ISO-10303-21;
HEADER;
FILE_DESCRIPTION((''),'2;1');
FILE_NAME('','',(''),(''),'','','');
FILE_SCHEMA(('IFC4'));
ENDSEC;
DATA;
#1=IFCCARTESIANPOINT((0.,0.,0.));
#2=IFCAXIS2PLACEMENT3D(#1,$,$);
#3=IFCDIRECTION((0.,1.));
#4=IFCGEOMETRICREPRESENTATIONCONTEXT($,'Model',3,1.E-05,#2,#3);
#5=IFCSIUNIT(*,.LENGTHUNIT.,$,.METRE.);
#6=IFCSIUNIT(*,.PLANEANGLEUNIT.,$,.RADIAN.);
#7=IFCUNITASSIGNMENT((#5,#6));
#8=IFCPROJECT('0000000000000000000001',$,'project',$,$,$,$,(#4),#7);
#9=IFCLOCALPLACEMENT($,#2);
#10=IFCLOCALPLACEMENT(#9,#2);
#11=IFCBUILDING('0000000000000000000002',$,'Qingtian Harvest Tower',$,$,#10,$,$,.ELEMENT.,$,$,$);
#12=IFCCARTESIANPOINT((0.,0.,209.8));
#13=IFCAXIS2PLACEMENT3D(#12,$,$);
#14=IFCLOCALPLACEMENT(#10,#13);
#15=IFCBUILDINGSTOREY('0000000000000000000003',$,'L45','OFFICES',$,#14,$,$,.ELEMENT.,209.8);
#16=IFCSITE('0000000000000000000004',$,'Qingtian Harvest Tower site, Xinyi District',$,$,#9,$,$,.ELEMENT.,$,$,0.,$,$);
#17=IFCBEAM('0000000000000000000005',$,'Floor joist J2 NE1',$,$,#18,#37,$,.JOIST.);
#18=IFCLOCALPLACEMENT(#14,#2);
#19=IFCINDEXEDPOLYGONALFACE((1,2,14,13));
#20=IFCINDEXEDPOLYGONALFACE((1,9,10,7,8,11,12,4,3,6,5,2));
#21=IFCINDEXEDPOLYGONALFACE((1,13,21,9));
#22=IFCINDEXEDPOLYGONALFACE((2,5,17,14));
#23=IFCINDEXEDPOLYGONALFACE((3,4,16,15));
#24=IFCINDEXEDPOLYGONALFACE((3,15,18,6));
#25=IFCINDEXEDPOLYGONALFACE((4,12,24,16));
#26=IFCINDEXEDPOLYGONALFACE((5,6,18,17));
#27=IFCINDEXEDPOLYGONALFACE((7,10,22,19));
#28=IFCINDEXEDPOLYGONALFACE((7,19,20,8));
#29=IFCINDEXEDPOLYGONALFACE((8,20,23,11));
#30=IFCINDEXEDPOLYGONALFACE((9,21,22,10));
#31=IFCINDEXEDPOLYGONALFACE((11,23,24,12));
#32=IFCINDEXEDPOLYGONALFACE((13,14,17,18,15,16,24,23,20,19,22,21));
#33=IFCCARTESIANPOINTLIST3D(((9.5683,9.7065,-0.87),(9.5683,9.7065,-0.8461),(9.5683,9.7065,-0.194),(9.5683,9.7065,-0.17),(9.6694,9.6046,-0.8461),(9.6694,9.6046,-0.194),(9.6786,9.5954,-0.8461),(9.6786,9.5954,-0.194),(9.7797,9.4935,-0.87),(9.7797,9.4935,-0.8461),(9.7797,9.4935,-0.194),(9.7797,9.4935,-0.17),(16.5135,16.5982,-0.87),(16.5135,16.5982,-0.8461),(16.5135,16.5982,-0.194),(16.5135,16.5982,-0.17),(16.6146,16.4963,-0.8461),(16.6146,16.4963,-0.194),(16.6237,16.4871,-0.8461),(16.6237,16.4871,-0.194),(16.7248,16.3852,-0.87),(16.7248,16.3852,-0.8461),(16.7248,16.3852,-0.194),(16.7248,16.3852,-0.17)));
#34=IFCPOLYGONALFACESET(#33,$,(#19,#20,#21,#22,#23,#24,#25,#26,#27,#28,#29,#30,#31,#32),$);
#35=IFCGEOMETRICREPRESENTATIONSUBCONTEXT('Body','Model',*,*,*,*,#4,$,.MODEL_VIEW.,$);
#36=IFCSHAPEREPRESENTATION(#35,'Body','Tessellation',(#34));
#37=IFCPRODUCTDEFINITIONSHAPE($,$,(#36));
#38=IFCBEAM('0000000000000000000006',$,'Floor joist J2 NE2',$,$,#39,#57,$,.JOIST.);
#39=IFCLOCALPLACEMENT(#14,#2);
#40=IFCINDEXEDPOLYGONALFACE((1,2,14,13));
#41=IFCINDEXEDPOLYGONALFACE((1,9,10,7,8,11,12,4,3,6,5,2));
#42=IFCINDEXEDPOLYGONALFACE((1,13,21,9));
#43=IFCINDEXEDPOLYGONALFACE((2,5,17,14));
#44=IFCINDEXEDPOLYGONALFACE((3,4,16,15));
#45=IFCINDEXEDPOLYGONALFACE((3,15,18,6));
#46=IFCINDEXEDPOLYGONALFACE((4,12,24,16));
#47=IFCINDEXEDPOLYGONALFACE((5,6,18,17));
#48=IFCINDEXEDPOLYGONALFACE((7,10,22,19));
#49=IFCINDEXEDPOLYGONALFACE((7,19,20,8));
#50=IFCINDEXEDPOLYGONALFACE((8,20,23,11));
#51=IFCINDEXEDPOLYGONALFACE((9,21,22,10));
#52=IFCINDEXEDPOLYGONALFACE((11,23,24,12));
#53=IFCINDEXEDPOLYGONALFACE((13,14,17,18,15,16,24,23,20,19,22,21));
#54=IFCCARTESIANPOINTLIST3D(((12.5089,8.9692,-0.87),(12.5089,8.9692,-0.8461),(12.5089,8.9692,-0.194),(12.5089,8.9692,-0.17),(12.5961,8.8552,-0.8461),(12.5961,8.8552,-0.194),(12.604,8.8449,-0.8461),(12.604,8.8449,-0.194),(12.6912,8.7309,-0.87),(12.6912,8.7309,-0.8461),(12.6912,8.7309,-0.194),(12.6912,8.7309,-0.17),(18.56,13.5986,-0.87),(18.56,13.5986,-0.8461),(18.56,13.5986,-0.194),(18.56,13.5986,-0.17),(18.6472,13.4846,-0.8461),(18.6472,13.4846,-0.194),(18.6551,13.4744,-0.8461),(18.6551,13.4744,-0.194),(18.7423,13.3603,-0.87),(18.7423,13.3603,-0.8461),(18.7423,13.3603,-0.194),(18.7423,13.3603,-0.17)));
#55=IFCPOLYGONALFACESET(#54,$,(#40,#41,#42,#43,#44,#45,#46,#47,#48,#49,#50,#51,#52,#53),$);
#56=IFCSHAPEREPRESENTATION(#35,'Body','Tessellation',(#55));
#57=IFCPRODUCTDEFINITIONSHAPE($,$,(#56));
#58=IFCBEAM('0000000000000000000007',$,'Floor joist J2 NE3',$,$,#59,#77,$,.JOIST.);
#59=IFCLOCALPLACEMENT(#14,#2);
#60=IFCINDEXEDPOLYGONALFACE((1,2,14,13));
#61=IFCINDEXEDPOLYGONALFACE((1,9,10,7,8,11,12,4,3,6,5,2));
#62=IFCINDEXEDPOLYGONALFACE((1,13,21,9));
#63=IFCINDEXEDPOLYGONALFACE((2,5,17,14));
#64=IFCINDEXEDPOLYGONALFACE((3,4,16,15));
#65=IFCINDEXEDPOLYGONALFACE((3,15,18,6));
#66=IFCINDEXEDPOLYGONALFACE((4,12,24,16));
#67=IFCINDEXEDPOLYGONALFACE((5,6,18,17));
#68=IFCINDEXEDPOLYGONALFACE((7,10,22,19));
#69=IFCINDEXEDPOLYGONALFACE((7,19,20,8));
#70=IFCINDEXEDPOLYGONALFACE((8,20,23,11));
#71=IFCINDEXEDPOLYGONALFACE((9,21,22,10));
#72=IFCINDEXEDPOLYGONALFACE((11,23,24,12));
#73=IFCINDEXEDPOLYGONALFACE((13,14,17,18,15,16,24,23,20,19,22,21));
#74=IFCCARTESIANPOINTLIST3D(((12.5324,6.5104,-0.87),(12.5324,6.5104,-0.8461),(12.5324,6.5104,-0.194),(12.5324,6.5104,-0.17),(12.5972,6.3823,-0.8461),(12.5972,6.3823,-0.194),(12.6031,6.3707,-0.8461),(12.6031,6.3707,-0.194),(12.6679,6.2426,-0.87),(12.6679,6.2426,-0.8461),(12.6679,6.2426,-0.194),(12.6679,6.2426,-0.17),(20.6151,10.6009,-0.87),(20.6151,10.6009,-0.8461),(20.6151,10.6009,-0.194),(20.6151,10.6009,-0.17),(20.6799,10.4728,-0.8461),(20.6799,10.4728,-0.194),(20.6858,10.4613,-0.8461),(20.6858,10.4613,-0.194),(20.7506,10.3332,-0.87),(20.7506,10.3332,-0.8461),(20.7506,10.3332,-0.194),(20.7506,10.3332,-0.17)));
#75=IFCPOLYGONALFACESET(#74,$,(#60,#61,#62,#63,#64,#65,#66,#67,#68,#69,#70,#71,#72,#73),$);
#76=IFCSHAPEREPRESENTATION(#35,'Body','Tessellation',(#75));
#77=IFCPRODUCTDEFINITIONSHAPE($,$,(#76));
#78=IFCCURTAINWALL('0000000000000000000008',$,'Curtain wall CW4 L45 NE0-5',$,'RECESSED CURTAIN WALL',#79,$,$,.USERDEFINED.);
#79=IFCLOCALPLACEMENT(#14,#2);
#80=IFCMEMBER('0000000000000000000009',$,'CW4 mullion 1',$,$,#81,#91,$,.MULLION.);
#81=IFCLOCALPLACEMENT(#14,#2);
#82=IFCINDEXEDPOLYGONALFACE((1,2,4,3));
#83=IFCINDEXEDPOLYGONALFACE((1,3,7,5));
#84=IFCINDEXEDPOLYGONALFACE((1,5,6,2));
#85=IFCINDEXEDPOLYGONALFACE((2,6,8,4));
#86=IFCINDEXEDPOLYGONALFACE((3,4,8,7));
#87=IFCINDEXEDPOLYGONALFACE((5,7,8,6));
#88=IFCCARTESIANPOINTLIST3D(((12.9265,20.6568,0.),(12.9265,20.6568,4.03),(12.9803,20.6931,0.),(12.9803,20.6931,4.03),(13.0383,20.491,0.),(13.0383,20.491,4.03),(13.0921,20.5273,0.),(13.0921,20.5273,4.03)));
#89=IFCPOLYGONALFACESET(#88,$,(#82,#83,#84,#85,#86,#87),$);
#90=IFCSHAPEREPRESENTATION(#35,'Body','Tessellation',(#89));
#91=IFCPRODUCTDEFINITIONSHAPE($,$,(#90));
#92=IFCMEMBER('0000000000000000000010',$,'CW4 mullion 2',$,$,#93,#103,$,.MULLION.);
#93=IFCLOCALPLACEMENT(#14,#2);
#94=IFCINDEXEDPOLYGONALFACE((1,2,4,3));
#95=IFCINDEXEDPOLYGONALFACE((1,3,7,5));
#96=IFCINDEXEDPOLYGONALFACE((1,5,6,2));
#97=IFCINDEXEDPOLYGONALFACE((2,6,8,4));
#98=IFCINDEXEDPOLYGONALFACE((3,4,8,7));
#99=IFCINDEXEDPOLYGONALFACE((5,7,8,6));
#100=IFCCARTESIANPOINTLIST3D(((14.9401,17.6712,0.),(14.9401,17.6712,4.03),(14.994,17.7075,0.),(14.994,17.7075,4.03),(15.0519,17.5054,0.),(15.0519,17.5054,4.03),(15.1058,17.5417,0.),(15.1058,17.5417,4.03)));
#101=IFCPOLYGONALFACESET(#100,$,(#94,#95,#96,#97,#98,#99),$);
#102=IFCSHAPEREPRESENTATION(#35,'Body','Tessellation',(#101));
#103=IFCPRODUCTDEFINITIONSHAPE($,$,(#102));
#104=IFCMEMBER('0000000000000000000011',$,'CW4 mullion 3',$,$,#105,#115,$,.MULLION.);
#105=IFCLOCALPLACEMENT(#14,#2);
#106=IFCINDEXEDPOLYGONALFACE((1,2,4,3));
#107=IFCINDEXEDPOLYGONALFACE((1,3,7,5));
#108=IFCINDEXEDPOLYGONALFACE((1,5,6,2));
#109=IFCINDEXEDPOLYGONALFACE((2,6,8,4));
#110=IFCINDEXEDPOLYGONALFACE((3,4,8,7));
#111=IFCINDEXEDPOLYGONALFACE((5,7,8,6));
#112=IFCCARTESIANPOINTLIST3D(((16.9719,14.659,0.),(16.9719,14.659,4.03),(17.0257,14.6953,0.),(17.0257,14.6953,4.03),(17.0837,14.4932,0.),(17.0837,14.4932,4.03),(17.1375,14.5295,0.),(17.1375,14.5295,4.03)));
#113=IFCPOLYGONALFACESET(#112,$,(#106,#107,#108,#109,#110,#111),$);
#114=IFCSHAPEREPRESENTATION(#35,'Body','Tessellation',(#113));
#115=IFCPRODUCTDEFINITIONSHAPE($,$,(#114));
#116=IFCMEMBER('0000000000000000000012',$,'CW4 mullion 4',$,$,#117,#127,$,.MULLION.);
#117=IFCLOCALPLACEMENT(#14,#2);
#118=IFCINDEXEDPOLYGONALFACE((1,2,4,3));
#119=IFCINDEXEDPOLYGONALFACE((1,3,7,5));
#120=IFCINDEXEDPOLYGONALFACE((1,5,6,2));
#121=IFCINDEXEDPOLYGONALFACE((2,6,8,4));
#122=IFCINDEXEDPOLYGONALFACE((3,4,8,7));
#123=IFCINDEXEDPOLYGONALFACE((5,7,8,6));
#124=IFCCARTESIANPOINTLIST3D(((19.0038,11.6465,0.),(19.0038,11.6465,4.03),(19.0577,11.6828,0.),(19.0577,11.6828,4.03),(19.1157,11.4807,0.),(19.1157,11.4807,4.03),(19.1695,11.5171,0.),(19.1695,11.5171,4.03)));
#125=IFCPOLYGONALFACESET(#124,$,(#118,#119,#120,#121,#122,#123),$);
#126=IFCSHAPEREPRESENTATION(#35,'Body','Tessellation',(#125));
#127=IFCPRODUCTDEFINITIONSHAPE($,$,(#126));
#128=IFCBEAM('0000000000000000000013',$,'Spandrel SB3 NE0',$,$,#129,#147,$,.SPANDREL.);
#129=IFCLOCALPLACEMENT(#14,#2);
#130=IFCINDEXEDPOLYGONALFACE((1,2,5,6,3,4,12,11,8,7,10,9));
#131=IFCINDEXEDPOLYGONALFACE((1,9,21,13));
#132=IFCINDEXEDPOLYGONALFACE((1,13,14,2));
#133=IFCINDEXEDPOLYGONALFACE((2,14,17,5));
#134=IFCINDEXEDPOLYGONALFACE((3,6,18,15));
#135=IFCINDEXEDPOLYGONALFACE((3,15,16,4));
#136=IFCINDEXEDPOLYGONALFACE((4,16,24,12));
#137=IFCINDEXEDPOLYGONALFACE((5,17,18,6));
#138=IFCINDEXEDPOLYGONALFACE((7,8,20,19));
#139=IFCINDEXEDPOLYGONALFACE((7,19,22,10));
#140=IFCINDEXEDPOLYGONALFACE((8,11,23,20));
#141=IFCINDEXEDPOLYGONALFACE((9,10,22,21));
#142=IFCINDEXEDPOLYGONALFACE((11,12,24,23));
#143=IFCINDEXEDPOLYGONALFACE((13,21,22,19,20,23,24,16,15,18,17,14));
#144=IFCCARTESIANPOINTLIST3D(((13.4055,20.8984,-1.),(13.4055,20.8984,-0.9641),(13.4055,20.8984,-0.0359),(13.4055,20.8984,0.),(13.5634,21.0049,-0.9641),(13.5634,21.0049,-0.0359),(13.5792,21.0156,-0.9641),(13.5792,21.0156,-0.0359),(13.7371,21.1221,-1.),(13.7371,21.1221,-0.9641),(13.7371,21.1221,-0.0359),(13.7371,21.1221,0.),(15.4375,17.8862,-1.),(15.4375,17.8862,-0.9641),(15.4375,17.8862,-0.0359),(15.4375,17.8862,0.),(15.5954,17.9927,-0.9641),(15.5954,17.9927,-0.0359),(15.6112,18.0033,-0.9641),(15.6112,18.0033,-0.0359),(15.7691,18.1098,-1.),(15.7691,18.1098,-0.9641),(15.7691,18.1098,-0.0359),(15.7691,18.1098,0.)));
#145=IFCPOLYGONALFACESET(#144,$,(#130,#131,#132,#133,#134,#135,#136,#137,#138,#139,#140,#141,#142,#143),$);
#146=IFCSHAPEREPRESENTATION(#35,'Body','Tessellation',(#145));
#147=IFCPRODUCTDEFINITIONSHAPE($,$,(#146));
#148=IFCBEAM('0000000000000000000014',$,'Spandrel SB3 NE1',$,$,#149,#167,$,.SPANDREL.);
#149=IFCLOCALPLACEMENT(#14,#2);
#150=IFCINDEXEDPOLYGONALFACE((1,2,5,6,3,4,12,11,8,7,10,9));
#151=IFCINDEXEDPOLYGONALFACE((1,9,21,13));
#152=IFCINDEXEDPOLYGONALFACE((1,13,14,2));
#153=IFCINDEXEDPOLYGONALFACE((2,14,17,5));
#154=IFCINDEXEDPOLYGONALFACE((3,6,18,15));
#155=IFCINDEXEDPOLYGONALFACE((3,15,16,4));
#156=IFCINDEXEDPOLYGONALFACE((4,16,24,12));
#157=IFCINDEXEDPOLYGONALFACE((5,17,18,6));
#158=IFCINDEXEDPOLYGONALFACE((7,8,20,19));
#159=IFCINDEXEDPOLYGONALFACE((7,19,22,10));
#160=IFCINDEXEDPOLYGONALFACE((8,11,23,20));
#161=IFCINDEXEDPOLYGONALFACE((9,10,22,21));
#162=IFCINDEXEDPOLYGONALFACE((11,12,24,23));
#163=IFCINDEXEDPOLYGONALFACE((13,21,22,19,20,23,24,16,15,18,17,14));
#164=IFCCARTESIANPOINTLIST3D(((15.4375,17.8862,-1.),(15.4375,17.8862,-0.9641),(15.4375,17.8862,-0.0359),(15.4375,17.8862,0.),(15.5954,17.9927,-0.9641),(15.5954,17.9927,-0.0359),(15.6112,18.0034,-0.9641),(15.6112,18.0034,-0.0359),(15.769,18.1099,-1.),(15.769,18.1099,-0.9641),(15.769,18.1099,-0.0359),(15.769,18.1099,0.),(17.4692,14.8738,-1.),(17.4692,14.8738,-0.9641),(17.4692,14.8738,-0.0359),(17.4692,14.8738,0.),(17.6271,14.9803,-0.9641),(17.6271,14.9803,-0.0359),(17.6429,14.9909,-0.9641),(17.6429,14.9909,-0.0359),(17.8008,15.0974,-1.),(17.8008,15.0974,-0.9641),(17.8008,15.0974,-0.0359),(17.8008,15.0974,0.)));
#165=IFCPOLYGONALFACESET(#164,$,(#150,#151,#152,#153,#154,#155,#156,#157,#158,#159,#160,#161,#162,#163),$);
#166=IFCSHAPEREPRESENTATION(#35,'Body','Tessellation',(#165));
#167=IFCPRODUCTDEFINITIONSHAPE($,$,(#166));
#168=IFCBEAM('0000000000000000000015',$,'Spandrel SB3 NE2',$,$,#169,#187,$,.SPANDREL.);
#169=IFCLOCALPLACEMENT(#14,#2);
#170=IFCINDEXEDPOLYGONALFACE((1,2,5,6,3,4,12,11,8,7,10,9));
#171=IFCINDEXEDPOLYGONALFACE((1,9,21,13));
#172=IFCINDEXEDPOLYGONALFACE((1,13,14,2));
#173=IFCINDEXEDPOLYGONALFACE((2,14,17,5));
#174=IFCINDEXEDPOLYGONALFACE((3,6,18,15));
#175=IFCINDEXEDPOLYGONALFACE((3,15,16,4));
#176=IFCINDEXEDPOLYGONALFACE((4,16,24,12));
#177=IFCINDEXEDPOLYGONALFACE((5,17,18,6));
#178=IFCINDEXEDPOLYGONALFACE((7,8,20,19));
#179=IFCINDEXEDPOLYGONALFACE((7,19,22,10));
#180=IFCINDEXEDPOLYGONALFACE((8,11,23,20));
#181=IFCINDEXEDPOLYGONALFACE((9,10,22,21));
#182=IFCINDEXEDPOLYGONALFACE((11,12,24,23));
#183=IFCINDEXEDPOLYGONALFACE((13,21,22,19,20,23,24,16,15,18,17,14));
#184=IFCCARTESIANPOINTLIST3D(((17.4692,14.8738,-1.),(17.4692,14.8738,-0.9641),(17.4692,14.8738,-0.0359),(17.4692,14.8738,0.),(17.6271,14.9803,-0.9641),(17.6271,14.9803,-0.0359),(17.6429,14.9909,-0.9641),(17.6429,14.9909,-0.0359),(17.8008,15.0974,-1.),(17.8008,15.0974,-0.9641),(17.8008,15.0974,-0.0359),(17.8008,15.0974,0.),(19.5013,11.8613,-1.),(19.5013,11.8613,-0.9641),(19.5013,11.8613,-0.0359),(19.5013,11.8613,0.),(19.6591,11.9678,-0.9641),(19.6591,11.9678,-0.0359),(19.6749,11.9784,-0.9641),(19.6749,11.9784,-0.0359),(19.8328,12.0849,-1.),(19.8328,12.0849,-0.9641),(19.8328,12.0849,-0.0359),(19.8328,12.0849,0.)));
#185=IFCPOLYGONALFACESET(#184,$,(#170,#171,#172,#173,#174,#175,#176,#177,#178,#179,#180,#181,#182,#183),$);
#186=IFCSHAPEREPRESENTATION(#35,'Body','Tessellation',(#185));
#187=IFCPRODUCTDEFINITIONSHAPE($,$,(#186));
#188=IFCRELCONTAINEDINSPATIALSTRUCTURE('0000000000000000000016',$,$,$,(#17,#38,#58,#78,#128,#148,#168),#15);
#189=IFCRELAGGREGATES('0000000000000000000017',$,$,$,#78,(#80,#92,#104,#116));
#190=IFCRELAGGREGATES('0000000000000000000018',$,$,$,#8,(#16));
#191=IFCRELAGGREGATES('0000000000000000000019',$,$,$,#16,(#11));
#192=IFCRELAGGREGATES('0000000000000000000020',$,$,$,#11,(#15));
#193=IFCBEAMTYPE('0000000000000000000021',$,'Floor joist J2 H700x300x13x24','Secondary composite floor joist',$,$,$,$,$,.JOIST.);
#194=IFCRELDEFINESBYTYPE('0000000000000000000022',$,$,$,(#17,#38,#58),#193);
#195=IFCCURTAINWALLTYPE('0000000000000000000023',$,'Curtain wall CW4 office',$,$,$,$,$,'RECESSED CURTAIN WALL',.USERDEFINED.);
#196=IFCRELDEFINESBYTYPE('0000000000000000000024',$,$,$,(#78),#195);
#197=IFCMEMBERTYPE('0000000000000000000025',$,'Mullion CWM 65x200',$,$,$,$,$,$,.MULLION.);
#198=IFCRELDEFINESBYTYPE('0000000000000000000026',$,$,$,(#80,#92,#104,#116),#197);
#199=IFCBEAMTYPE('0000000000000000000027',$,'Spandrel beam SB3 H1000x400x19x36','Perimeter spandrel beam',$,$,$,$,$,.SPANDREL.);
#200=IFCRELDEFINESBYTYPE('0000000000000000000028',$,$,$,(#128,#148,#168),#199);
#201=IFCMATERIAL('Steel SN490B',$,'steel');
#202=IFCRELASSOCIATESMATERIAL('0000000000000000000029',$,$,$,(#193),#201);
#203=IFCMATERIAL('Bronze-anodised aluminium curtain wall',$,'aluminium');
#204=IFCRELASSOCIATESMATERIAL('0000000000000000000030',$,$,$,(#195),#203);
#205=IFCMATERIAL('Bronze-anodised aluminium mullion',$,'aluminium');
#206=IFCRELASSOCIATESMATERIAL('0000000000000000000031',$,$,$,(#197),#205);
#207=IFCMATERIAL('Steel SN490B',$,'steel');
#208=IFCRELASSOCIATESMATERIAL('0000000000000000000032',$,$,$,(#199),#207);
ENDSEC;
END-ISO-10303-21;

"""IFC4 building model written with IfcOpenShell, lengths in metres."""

from ifc_helpers import new_model, si_unit, direction, frame, origin, origin_2d, place, context, subcontext, project, spatial, rectangle, i_section, extrude, material, material_profile, profile_set, type_object, element, aggregate, save


model = new_model("IFC4")

# Units and contexts
model_context = context("Model", 3, precision=1e-05, world=origin(), true_north=direction((0.0, 1.0)))
body_context = subcontext(model_context, "Body", "Model", "MODEL_VIEW")
ifc_project = project(units=[si_unit("LENGTHUNIT", "METRE"), si_unit("PLANEANGLEUNIT", "RADIAN")], contexts=[model_context])

# Site, building, storey
site_placement = place(None, origin())
site = spatial("IfcSite", under=ifc_project, at=site_placement, Name="Qingtian Harvest Tower site, Xinyi District", CompositionType="ELEMENT", RefElevation=0.0)
building_placement = place(site_placement, origin())
building = spatial("IfcBuilding", under=site, at=building_placement, Name="Qingtian Harvest Tower", CompositionType="ELEMENT")
storey_placement = place(building_placement, frame((0.0, 0.0, 209.8)))
storey = spatial("IfcBuildingStorey", under=building, at=storey_placement, Name="L45", Description="OFFICES", CompositionType="ELEMENT", Elevation=209.8)

# Beams
ifc_material_1 = material(Name="Steel SN490B", Category="steel")
ifc_material_profile_1 = material_profile(ifc_material_1, i_section(OverallWidth=0.3, OverallDepth=0.7, WebThickness=0.0129, FlangeThickness=0.0239, at=origin_2d()), Name="H700x300x13x24")
ifc_profile_set_1 = profile_set([ifc_material_profile_1], Name="Steel SN490B")
beam_type_1 = type_object("IfcBeamType", Name="Floor joist J2 H700x300x13x24", Description="Secondary composite floor joist", PredefinedType="JOIST", material=ifc_profile_set_1)
beam_1_placement = place(storey_placement, frame((16.6191, 16.4917, -0.52), z_axis=(-0.709834, -0.704369, 0.0), x_axis=(0.704369, -0.709834, 0.0)))
element("IfcBeam", 1, at=beam_1_placement, inside=storey, type_object=beam_type_1, Name="Floor joist J2 NE1", PredefinedType="JOIST", context=body_context, shape_type="SweptSolid", body=[
    extrude(i_section(OverallWidth=0.3, OverallDepth=0.7, WebThickness=0.0129, FlangeThickness=0.0239, at=origin_2d()), origin(), (0.0, 0.0, 1.0), 9.7842),
])
beam_2_placement = place(storey_placement, frame((18.6511, 13.4795, -0.52), z_axis=(-0.794222, -0.607627, 0.0), x_axis=(0.607627, -0.794222, 0.0)))
element("IfcBeam", 2, at=beam_2_placement, inside=storey, type_object=beam_type_1, Name="Floor joist J2 NE2", PredefinedType="JOIST", context=body_context, shape_type="SweptSolid", body=[
    extrude(i_section(OverallWidth=0.3, OverallDepth=0.7, WebThickness=0.0129, FlangeThickness=0.0239, at=origin_2d()), origin(), (0.0, 0.0, 1.0), 7.6189),
])
beam_3_placement = place(storey_placement, frame((20.6829, 10.467, -0.52), z_axis=(-0.892244, -0.451553, 0.0), x_axis=(0.451553, -0.892244, 0.0)))
element("IfcBeam", 3, at=beam_3_placement, inside=storey, type_object=beam_type_1, Name="Floor joist J2 NE3", PredefinedType="JOIST", context=body_context, shape_type="SweptSolid", body=[
    extrude(i_section(OverallWidth=0.3, OverallDepth=0.7, WebThickness=0.0129, FlangeThickness=0.0239, at=origin_2d()), origin(), (0.0, 0.0, 1.0), 9.0588),
])

# Curtain wall, members
ifc_material_2 = material(Name="Bronze-anodised aluminium curtain wall", Category="aluminium")
curtain_wall_type = type_object("IfcCurtainWallType", Name="Curtain wall CW4 office", ElementType="RECESSED CURTAIN WALL", PredefinedType="USERDEFINED", material=ifc_material_2)
curtain_wall_placement = place(storey_placement, origin())
curtain_wall = element("IfcCurtainWall", 4, at=curtain_wall_placement, inside=storey, type_object=curtain_wall_type, Name="Curtain wall CW4 L45 NE0-5", ObjectType="RECESSED CURTAIN WALL", PredefinedType="USERDEFINED")
ifc_material_3 = material(Name="Bronze-anodised aluminium mullion", Category="aluminium")
ifc_material_profile_2 = material_profile(ifc_material_3, rectangle(XDim=0.0649, YDim=0.2, at=origin_2d()), Name="AL 65x200")
ifc_profile_set_2 = profile_set([ifc_material_profile_2], Name="Bronze-anodised aluminium mullion")
member_type_1 = type_object("IfcMemberType", Name="Mullion CWM 65x200", PredefinedType="MULLION", material=ifc_profile_set_2)
member_1_placement = place(storey_placement, frame((13.0093, 20.592, 0.0), z_axis=(0.0, 0.0, 1.0), x_axis=(0.829038, 0.559193, 0.0)))
member_1 = element("IfcMember", 5, at=member_1_placement, type_object=member_type_1, Name="CW4 mullion 1", PredefinedType="MULLION", context=body_context, shape_type="SweptSolid", body=[
    extrude(rectangle(XDim=0.0649, YDim=0.2, at=origin_2d()), origin(), (0.0, 0.0, 1.0), 4.03),
])
member_2_placement = place(storey_placement, frame((15.0229, 17.6064, 0.0), z_axis=(0.0, 0.0, 1.0), x_axis=(0.829038, 0.559193, 0.0)))
member_2 = element("IfcMember", 6, at=member_2_placement, type_object=member_type_1, Name="CW4 mullion 2", PredefinedType="MULLION", context=body_context, shape_type="SweptSolid", body=[
    extrude(rectangle(XDim=0.0649, YDim=0.2, at=origin_2d()), origin(), (0.0, 0.0, 1.0), 4.03),
])
member_3_placement = place(storey_placement, frame((17.0547, 14.5942, 0.0), z_axis=(0.0, 0.0, 1.0), x_axis=(0.829038, 0.559193, 0.0)))
member_3 = element("IfcMember", 7, at=member_3_placement, type_object=member_type_1, Name="CW4 mullion 3", PredefinedType="MULLION", context=body_context, shape_type="SweptSolid", body=[
    extrude(rectangle(XDim=0.0649, YDim=0.2, at=origin_2d()), origin(), (0.0, 0.0, 1.0), 4.03),
])
member_4_placement = place(storey_placement, frame((19.0867, 11.5818, 0.0), z_axis=(0.0, 0.0, 1.0), x_axis=(0.829038, 0.559193, 0.0)))
member_4 = element("IfcMember", 8, at=member_4_placement, type_object=member_type_1, Name="CW4 mullion 4", PredefinedType="MULLION", context=body_context, shape_type="SweptSolid", body=[
    extrude(rectangle(XDim=0.0649, YDim=0.2, at=origin_2d()), origin(), (0.0, 0.0, 1.0), 4.03),
])

# Beams
ifc_material_4 = material(Name="Steel SN490B", Category="steel")
ifc_material_profile_3 = material_profile(ifc_material_4, i_section(OverallWidth=0.3999, OverallDepth=1.0, WebThickness=0.019, FlangeThickness=0.0359, at=origin_2d()), Name="H1000x400x19x36")
ifc_profile_set_3 = profile_set([ifc_material_profile_3], Name="Steel SN490B")
beam_type_2 = type_object("IfcBeamType", Name="Spandrel beam SB3 H1000x400x19x36", Description="Perimeter spandrel beam", PredefinedType="SPANDREL", material=ifc_profile_set_3)
for number, where, z_axis, x_axis, name in (
    (9, (13.5713, 21.0103, -0.5), (0.559235, -0.829009, 0.0), (0.829009, 0.559235, 0.0), "Spandrel SB3 NE0"),
    (10, (15.6033, 17.998, -0.5), (0.559158, -0.829061, 0.0), (0.829061, 0.559158, 0.0), "Spandrel SB3 NE1"),
):
    element("IfcBeam", number, at=place(storey_placement, frame(where, z_axis=z_axis, x_axis=x_axis)), inside=storey, type_object=beam_type_2, Name=name, PredefinedType="SPANDREL", context=body_context, shape_type="SweptSolid", body=[
        extrude(i_section(OverallWidth=0.3999, OverallDepth=1.0, WebThickness=0.019, FlangeThickness=0.0359, at=origin_2d()), origin(), (0.0, 0.0, 1.0), 3.6335),
    ])
beam_4_placement = place(storey_placement, frame((17.635, 14.9856, -0.5), z_axis=(0.559204, -0.82903, 0.0), x_axis=(0.82903, 0.559204, 0.0)))
element("IfcBeam", 11, at=beam_4_placement, inside=storey, type_object=beam_type_2, Name="Spandrel SB3 NE2", PredefinedType="SPANDREL", context=body_context, shape_type="SweptSolid", body=[
    extrude(i_section(OverallWidth=0.3999, OverallDepth=1.0, WebThickness=0.019, FlangeThickness=0.0359, at=origin_2d()), origin(), (0.0, 0.0, 1.0), 3.6338),
])

aggregate(curtain_wall, [member_1, member_2, member_3, member_4])

save(model, "model.ifc")
